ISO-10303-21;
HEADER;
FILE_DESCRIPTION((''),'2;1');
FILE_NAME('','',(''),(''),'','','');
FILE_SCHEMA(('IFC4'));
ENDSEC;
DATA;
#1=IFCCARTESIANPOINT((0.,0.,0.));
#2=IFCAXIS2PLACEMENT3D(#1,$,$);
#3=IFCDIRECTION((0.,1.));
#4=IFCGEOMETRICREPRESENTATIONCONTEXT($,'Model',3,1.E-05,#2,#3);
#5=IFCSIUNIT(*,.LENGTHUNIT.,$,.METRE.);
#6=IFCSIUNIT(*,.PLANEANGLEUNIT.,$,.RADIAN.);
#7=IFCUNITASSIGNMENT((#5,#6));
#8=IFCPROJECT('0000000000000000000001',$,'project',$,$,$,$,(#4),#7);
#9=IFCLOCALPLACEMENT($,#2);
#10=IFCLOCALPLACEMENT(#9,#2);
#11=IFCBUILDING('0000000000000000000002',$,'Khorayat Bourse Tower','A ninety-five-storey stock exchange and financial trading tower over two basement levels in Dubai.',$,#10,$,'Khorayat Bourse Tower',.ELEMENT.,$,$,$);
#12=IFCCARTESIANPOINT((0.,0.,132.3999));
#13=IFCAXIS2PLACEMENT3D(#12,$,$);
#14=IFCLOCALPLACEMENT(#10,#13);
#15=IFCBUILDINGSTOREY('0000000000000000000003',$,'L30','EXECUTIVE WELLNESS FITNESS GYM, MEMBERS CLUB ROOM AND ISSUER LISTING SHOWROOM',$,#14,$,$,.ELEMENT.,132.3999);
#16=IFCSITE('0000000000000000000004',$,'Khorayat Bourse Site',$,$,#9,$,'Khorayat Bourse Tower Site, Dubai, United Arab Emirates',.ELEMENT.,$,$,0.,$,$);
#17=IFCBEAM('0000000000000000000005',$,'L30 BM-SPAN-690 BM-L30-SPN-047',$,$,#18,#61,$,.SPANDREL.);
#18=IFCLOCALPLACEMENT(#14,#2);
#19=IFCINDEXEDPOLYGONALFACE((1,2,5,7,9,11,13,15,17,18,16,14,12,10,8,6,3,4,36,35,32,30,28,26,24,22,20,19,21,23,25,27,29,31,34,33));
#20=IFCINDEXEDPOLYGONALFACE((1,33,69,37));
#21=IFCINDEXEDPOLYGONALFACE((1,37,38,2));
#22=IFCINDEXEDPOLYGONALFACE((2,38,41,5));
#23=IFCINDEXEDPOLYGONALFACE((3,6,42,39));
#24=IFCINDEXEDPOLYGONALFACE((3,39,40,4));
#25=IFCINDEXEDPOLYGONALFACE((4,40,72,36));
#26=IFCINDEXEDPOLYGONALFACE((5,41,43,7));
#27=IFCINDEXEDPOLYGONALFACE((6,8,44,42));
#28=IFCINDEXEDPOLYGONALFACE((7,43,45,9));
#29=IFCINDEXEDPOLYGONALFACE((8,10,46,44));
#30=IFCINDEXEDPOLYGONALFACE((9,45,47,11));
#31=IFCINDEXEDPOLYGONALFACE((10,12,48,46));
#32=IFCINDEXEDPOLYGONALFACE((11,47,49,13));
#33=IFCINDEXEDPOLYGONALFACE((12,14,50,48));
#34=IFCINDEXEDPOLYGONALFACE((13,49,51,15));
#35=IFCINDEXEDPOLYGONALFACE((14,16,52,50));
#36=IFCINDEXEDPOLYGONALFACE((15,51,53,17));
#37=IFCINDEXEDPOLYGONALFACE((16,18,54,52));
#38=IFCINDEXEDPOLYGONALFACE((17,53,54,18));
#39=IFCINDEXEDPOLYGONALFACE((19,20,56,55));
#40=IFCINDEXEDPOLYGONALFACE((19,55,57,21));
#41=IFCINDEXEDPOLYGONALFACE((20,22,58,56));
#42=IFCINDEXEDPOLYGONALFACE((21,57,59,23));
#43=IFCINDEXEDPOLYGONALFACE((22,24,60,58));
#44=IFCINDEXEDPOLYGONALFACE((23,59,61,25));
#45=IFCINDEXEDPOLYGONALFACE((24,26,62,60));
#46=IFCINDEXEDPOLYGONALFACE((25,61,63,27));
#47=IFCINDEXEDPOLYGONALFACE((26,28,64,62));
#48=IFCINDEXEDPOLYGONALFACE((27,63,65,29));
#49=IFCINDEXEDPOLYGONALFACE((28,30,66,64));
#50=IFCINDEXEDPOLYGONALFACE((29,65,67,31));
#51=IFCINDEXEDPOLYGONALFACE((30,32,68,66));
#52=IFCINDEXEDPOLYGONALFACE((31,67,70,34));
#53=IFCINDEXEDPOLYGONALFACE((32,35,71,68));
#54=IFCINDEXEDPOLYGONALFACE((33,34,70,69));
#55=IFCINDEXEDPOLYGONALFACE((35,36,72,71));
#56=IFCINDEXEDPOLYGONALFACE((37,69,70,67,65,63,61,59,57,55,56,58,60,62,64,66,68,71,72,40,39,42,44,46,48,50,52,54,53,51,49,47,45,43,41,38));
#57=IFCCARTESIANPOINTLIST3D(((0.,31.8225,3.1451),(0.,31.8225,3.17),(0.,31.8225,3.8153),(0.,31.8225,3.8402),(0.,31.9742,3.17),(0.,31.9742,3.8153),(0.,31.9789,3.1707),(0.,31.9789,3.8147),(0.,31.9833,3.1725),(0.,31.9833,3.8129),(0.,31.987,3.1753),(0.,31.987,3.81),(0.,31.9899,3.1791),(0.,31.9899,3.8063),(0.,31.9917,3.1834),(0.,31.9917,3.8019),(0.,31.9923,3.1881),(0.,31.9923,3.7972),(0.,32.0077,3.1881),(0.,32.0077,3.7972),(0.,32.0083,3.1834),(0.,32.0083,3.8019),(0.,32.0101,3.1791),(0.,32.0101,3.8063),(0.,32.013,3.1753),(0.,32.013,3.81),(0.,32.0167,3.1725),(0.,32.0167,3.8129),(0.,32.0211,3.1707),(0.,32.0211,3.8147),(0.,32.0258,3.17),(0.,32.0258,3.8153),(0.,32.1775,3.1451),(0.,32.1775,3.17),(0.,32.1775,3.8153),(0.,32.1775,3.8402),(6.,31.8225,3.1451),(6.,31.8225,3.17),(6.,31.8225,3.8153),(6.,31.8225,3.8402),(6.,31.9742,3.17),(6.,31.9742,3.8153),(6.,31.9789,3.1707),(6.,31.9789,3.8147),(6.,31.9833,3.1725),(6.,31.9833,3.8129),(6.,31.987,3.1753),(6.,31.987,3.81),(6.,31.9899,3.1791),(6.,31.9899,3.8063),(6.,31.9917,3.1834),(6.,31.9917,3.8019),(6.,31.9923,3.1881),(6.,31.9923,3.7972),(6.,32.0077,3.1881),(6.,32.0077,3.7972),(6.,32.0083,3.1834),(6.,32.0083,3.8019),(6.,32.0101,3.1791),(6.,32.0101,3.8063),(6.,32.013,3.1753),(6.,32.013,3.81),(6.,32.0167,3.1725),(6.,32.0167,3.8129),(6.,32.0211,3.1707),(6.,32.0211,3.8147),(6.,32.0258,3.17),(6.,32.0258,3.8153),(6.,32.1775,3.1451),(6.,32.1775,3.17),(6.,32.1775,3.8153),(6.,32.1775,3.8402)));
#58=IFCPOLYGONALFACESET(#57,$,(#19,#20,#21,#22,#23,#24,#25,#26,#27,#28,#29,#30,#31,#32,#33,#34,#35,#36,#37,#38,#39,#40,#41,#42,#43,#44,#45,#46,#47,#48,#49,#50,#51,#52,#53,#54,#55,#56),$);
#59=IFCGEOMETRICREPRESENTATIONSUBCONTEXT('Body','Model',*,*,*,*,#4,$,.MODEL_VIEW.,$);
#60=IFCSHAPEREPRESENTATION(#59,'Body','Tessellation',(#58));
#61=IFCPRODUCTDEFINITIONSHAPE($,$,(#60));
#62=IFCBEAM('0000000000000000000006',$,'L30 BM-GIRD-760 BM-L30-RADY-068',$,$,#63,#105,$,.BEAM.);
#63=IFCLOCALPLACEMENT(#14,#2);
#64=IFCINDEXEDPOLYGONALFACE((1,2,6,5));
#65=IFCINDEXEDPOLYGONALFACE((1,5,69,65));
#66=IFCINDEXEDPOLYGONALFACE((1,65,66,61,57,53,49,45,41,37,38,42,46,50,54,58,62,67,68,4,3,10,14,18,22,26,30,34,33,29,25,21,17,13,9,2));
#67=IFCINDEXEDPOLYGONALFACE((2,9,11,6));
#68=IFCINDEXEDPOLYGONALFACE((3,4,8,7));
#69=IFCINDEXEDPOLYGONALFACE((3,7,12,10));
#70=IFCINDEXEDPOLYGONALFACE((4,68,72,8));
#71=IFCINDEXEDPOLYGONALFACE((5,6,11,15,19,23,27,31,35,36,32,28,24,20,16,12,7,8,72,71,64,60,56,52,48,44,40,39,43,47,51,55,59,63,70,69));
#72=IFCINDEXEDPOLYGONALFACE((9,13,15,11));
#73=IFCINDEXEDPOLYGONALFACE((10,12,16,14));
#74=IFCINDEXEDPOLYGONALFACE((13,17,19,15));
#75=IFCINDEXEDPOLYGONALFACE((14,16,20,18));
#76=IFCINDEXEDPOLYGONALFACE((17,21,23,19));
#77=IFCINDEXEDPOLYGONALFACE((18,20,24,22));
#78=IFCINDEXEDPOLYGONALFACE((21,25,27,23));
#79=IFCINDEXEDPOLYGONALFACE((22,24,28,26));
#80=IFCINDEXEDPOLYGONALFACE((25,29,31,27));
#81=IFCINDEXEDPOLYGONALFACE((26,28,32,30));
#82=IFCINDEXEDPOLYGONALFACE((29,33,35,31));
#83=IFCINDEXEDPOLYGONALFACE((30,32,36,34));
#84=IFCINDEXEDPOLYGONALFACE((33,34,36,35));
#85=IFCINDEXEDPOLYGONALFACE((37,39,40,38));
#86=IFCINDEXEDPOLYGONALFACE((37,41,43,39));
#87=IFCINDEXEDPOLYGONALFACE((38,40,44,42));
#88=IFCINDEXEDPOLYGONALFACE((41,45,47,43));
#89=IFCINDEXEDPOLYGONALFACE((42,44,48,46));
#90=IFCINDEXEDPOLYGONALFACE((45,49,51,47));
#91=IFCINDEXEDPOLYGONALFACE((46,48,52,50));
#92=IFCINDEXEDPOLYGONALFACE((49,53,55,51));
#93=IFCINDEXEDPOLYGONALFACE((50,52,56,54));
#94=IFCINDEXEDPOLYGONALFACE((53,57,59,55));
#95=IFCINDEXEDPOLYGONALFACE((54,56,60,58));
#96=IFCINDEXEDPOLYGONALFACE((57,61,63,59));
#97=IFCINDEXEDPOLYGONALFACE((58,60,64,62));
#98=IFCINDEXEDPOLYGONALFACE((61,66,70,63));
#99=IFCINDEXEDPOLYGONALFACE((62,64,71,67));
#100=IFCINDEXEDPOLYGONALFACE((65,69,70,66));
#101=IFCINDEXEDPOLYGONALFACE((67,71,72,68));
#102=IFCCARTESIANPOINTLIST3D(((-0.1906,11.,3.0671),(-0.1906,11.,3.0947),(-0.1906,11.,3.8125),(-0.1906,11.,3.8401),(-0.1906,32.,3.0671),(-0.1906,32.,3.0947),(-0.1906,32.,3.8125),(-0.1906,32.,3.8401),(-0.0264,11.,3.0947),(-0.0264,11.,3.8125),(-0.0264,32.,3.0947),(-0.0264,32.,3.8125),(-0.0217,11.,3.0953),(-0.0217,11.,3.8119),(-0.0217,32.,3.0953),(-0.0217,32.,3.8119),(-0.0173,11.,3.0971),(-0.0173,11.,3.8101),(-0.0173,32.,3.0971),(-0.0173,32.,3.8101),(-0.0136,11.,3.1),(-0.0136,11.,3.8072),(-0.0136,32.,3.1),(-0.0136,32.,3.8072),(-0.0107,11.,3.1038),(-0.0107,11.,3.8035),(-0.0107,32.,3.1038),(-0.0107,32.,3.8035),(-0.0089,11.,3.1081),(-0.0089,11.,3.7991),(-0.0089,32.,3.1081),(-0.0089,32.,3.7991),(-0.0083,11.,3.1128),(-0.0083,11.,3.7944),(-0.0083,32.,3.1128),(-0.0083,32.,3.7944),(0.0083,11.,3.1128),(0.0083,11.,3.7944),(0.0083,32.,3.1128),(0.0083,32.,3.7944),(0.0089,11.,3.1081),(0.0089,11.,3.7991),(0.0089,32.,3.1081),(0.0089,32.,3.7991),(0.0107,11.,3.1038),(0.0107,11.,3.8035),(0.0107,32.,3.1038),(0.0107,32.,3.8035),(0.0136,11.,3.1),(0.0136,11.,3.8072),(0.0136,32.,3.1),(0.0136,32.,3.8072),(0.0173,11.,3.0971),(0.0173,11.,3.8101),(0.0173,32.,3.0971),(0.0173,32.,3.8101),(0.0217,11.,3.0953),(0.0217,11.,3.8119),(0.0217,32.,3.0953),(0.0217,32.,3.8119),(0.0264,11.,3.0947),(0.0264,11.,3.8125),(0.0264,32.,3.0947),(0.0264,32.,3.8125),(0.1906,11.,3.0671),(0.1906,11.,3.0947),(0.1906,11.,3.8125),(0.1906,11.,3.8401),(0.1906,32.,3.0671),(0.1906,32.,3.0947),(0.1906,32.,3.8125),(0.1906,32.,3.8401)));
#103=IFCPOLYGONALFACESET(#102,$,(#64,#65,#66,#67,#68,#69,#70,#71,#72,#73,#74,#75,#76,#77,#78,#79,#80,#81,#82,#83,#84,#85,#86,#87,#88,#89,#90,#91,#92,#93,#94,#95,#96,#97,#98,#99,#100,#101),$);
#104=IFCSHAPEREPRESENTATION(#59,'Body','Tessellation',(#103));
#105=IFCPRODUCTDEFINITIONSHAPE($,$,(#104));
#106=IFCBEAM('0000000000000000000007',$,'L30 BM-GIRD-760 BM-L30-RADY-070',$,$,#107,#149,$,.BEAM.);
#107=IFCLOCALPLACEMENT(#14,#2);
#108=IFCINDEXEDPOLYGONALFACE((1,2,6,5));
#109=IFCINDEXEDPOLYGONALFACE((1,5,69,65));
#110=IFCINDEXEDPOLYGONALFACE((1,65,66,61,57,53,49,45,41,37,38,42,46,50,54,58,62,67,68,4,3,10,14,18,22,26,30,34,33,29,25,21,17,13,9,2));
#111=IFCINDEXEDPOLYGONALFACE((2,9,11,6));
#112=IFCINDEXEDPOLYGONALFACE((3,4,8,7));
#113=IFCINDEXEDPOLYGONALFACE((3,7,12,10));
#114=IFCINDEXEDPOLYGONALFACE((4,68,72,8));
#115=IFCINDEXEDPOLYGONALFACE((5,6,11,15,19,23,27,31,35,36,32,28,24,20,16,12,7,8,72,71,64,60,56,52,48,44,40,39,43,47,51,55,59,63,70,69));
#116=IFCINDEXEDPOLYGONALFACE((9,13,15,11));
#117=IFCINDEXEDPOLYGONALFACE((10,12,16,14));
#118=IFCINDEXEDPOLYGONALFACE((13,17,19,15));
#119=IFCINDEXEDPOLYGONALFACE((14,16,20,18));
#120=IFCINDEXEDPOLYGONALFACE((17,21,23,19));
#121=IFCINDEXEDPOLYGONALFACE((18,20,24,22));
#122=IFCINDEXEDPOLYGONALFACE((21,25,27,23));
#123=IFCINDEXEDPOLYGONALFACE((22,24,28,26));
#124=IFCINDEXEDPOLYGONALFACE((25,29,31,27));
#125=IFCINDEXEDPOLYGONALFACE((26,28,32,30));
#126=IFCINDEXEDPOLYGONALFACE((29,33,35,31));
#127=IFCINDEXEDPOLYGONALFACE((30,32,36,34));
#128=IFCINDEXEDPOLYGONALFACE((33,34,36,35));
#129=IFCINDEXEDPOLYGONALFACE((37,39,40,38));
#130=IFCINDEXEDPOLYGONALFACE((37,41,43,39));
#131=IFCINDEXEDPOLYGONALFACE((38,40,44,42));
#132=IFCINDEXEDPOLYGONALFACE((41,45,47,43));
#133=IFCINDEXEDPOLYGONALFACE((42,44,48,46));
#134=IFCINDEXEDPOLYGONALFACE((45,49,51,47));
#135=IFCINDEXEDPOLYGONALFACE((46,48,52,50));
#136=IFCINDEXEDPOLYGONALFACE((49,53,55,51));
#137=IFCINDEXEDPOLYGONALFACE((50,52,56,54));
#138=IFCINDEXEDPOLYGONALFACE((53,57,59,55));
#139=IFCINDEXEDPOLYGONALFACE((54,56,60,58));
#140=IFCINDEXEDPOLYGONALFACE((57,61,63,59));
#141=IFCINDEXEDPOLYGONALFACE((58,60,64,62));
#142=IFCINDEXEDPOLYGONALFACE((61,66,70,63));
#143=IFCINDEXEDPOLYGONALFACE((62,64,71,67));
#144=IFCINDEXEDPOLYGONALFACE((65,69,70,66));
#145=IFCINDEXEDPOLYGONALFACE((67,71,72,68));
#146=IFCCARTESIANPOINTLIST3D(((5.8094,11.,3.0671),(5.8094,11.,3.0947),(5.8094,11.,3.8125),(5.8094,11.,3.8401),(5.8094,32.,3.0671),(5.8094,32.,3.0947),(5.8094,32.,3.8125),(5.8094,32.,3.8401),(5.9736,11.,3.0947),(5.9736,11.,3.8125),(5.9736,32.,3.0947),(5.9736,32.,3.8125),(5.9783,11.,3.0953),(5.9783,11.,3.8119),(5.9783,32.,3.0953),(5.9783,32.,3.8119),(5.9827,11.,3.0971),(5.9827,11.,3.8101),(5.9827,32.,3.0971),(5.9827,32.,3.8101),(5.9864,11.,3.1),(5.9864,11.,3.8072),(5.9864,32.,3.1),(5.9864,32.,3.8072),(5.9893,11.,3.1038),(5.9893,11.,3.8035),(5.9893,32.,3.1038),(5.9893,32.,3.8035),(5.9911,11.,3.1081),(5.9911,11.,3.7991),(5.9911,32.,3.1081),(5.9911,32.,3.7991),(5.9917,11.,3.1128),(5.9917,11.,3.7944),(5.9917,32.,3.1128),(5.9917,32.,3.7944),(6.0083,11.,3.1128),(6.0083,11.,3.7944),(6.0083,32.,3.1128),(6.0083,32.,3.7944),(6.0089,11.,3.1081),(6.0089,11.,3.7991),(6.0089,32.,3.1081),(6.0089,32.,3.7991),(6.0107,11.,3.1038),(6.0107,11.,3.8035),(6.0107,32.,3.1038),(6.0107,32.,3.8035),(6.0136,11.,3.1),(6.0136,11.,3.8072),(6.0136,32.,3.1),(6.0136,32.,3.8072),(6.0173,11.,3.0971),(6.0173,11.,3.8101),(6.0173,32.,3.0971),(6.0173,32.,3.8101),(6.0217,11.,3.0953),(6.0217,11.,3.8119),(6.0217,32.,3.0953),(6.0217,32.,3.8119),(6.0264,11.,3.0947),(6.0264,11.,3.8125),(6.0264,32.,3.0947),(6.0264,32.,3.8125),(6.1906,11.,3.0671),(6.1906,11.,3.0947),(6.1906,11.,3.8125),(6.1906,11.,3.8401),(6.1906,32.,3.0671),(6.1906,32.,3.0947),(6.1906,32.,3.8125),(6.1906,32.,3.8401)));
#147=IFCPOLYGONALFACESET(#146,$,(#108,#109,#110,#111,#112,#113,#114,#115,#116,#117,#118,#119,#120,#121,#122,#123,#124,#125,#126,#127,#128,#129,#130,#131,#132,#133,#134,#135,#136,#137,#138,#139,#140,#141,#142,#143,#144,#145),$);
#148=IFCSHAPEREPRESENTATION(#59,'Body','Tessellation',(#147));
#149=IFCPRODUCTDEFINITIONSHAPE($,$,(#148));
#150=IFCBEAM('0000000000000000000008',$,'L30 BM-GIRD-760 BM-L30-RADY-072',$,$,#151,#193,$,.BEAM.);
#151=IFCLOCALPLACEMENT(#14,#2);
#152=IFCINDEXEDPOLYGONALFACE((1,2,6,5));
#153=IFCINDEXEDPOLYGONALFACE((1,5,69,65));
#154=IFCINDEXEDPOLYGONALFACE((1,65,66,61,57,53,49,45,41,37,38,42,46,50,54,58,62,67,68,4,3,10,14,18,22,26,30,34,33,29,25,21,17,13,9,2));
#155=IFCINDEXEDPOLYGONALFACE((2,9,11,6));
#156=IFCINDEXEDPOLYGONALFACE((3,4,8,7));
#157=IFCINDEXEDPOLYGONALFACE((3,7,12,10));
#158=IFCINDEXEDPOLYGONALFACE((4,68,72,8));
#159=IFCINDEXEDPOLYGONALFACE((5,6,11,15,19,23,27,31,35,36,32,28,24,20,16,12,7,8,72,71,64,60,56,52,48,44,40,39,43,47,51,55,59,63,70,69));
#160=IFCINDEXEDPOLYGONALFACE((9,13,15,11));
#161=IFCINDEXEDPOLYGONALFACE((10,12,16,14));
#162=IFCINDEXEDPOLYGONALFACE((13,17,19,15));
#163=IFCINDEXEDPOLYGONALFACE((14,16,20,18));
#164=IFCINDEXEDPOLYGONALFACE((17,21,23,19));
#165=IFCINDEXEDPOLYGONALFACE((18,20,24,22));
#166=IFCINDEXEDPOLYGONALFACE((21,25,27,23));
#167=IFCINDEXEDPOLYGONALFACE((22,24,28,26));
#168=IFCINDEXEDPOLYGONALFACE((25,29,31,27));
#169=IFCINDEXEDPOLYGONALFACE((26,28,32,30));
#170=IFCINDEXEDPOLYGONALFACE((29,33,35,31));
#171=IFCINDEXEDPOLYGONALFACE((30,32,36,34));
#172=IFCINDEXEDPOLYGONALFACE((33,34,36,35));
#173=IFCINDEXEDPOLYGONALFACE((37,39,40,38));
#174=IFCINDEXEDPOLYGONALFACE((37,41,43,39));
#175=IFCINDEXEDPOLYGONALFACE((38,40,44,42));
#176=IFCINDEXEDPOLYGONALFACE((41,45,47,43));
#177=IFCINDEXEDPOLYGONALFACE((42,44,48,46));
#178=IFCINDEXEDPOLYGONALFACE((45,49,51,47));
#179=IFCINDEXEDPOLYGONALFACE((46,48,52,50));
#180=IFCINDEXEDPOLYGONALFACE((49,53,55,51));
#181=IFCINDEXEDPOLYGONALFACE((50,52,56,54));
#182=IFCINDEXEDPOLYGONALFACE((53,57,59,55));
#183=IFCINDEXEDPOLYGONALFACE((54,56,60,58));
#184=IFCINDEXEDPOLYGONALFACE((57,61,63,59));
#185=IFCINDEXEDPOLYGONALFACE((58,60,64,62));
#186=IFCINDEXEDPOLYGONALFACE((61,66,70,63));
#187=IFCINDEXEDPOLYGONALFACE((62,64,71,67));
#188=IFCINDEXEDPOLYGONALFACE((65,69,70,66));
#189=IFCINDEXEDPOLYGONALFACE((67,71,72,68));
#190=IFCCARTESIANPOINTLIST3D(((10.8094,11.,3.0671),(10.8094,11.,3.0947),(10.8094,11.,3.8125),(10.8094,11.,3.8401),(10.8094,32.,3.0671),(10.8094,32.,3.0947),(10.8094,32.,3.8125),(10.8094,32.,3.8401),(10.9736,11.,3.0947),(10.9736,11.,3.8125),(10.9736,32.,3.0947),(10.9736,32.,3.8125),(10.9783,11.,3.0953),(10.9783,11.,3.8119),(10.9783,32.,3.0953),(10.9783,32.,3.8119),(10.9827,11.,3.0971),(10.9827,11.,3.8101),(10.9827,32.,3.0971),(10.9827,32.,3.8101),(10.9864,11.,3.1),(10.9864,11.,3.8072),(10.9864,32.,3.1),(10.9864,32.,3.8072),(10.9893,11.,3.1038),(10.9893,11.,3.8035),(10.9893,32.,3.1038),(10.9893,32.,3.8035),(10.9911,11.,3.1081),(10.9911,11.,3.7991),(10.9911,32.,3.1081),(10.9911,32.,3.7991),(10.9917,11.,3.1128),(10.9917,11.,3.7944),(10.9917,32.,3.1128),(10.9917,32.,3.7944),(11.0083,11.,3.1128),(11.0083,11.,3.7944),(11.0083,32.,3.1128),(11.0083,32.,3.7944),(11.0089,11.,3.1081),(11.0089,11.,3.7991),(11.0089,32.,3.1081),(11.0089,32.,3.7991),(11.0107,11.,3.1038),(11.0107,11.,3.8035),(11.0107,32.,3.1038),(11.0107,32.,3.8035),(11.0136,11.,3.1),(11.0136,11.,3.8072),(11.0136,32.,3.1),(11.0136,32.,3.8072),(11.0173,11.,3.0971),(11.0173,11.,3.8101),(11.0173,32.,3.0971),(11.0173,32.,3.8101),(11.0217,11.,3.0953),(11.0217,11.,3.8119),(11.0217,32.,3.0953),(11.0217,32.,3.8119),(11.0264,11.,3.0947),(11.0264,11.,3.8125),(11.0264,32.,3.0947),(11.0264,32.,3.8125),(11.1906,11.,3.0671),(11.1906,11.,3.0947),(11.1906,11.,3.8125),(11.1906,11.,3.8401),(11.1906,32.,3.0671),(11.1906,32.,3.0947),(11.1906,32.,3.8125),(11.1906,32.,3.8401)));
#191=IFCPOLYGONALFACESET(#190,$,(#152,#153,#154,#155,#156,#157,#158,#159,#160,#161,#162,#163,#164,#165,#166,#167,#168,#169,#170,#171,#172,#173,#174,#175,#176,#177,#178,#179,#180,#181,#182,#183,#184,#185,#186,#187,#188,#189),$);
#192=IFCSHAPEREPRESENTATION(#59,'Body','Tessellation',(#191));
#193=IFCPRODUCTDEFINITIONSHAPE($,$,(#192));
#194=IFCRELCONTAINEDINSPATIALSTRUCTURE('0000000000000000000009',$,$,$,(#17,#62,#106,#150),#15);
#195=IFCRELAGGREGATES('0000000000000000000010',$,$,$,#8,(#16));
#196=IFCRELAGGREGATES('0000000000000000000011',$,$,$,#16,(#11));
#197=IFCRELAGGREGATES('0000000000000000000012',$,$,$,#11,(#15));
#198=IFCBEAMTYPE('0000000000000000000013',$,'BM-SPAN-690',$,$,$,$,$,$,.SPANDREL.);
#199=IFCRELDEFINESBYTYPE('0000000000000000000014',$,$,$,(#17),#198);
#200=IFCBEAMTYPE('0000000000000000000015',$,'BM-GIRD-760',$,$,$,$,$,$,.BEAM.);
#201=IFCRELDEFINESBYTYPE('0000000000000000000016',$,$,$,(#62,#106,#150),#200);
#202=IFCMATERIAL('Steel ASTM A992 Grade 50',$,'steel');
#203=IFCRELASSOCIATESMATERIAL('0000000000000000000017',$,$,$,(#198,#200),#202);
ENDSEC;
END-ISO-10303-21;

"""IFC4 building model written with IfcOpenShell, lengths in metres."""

from ifc_helpers import new_model, si_unit, direction, frame, origin, origin_2d, place, context, subcontext, project, spatial, i_section, extrude, source, transform, mapped, material, material_profile, profile_set, type_object, element, save


model = new_model("IFC4")

# Units and contexts
model_context = context("Model", 3, precision=1e-05, world=origin(), true_north=direction((0.0, 1.0)))
body_context = subcontext(model_context, "Body", "Model", "MODEL_VIEW")
ifc_project = project(units=[si_unit("LENGTHUNIT", "METRE"), si_unit("PLANEANGLEUNIT", "RADIAN")], contexts=[model_context])

# Site, building, storey
site_placement = place(None, origin())
site = spatial("IfcSite", under=ifc_project, at=site_placement, Name="Khorayat Bourse Site", LongName="Khorayat Bourse Tower Site, Dubai, United Arab Emirates", CompositionType="ELEMENT", RefElevation=0.0)
building_placement = place(site_placement, origin())
building = spatial("IfcBuilding", under=site, at=building_placement, Name="Khorayat Bourse Tower", Description="A ninety-five-storey stock exchange and financial trading tower over two basement levels in Dubai.", LongName="Khorayat Bourse Tower", CompositionType="ELEMENT")
storey_placement = place(building_placement, frame((0.0, 0.0, 132.3999)))
storey = spatial("IfcBuildingStorey", under=building, at=storey_placement, Name="L30", Description="EXECUTIVE WELLNESS FITNESS GYM, MEMBERS CLUB ROOM AND ISSUER LISTING SHOWROOM", CompositionType="ELEMENT", Elevation=132.3999)

# Beams
ifc_material_1 = material(Name="Steel ASTM A992 Grade 50", Category="steel")
ifc_material_profile_1 = material_profile(ifc_material_1, i_section(OverallWidth=0.355, OverallDepth=0.6951, WebThickness=0.0154, FlangeThickness=0.0249, FilletRadius=0.0181, at=origin_2d()), Name="W690X217")
ifc_profile_set_1 = profile_set([ifc_material_profile_1], Name="Steel ASTM A992 Grade 50")
beam_type_1 = type_object("IfcBeamType", Name="BM-SPAN-690", PredefinedType="SPANDREL", material=ifc_profile_set_1)
shared_shape_1 = source(origin(), body_context, "Body", "SweptSolid", [
    extrude(i_section(OverallWidth=0.355, OverallDepth=0.6951, WebThickness=0.0154, FlangeThickness=0.0249, FilletRadius=0.0181, at=origin_2d()), origin(), (0.0, 0.0, 1.0), 6.0),
])
beam_1_placement = place(storey_placement, frame((0.0, 32.0, 3.4927), z_axis=(1.0, 0.0, 0.0), x_axis=(0.0, 1.0, 0.0)))
element("IfcBeam", 1, at=beam_1_placement, inside=storey, type_object=beam_type_1, Name="L30 BM-SPAN-690 BM-L30-SPN-047", PredefinedType="SPANDREL", context=body_context, shape_type="MappedRepresentation", body=[
    mapped(shared_shape_1, transform((0.0, 0.0, 0.0), scale=1.0)),
])
ifc_material_profile_2 = material_profile(ifc_material_1, i_section(OverallWidth=0.3811, OverallDepth=0.7729, WebThickness=0.0166, FlangeThickness=0.0276, FilletRadius=0.0181, at=origin_2d()), Name="W760X257")
ifc_profile_set_2 = profile_set([ifc_material_profile_2], Name="Steel ASTM A992 Grade 50")
beam_type_2 = type_object("IfcBeamType", Name="BM-GIRD-760", PredefinedType="BEAM", material=ifc_profile_set_2)
shared_shape_2 = source(origin(), body_context, "Body", "SweptSolid", [
    extrude(i_section(OverallWidth=0.3811, OverallDepth=0.7729, WebThickness=0.0166, FlangeThickness=0.0276, FilletRadius=0.0181, at=origin_2d()), origin(), (0.0, 0.0, 1.0), 21.0),
])
for number, where, z_axis, x_axis, name in (
    (2, (0.0, 11.0, 3.4536), (0.0, 1.0, 0.0), (-1.0, 0.0, 0.0), "L30 BM-GIRD-760 BM-L30-RADY-068"),
    (3, (6.0, 11.0, 3.4536), (0.0, 1.0, 0.0), (-1.0, 0.0, 0.0), "L30 BM-GIRD-760 BM-L30-RADY-070"),
    (4, (11.0, 11.0, 3.4536), (0.0, 1.0, 0.0), (-1.0, 0.0, 0.0), "L30 BM-GIRD-760 BM-L30-RADY-072"),
):
    element("IfcBeam", number, at=place(storey_placement, frame(where, z_axis=z_axis, x_axis=x_axis)), inside=storey, type_object=beam_type_2, Name=name, PredefinedType="BEAM", context=body_context, shape_type="MappedRepresentation", body=[
        mapped(shared_shape_2, transform((0.0, 0.0, 0.0), scale=1.0)),
    ])

save(model, "model.ifc")
